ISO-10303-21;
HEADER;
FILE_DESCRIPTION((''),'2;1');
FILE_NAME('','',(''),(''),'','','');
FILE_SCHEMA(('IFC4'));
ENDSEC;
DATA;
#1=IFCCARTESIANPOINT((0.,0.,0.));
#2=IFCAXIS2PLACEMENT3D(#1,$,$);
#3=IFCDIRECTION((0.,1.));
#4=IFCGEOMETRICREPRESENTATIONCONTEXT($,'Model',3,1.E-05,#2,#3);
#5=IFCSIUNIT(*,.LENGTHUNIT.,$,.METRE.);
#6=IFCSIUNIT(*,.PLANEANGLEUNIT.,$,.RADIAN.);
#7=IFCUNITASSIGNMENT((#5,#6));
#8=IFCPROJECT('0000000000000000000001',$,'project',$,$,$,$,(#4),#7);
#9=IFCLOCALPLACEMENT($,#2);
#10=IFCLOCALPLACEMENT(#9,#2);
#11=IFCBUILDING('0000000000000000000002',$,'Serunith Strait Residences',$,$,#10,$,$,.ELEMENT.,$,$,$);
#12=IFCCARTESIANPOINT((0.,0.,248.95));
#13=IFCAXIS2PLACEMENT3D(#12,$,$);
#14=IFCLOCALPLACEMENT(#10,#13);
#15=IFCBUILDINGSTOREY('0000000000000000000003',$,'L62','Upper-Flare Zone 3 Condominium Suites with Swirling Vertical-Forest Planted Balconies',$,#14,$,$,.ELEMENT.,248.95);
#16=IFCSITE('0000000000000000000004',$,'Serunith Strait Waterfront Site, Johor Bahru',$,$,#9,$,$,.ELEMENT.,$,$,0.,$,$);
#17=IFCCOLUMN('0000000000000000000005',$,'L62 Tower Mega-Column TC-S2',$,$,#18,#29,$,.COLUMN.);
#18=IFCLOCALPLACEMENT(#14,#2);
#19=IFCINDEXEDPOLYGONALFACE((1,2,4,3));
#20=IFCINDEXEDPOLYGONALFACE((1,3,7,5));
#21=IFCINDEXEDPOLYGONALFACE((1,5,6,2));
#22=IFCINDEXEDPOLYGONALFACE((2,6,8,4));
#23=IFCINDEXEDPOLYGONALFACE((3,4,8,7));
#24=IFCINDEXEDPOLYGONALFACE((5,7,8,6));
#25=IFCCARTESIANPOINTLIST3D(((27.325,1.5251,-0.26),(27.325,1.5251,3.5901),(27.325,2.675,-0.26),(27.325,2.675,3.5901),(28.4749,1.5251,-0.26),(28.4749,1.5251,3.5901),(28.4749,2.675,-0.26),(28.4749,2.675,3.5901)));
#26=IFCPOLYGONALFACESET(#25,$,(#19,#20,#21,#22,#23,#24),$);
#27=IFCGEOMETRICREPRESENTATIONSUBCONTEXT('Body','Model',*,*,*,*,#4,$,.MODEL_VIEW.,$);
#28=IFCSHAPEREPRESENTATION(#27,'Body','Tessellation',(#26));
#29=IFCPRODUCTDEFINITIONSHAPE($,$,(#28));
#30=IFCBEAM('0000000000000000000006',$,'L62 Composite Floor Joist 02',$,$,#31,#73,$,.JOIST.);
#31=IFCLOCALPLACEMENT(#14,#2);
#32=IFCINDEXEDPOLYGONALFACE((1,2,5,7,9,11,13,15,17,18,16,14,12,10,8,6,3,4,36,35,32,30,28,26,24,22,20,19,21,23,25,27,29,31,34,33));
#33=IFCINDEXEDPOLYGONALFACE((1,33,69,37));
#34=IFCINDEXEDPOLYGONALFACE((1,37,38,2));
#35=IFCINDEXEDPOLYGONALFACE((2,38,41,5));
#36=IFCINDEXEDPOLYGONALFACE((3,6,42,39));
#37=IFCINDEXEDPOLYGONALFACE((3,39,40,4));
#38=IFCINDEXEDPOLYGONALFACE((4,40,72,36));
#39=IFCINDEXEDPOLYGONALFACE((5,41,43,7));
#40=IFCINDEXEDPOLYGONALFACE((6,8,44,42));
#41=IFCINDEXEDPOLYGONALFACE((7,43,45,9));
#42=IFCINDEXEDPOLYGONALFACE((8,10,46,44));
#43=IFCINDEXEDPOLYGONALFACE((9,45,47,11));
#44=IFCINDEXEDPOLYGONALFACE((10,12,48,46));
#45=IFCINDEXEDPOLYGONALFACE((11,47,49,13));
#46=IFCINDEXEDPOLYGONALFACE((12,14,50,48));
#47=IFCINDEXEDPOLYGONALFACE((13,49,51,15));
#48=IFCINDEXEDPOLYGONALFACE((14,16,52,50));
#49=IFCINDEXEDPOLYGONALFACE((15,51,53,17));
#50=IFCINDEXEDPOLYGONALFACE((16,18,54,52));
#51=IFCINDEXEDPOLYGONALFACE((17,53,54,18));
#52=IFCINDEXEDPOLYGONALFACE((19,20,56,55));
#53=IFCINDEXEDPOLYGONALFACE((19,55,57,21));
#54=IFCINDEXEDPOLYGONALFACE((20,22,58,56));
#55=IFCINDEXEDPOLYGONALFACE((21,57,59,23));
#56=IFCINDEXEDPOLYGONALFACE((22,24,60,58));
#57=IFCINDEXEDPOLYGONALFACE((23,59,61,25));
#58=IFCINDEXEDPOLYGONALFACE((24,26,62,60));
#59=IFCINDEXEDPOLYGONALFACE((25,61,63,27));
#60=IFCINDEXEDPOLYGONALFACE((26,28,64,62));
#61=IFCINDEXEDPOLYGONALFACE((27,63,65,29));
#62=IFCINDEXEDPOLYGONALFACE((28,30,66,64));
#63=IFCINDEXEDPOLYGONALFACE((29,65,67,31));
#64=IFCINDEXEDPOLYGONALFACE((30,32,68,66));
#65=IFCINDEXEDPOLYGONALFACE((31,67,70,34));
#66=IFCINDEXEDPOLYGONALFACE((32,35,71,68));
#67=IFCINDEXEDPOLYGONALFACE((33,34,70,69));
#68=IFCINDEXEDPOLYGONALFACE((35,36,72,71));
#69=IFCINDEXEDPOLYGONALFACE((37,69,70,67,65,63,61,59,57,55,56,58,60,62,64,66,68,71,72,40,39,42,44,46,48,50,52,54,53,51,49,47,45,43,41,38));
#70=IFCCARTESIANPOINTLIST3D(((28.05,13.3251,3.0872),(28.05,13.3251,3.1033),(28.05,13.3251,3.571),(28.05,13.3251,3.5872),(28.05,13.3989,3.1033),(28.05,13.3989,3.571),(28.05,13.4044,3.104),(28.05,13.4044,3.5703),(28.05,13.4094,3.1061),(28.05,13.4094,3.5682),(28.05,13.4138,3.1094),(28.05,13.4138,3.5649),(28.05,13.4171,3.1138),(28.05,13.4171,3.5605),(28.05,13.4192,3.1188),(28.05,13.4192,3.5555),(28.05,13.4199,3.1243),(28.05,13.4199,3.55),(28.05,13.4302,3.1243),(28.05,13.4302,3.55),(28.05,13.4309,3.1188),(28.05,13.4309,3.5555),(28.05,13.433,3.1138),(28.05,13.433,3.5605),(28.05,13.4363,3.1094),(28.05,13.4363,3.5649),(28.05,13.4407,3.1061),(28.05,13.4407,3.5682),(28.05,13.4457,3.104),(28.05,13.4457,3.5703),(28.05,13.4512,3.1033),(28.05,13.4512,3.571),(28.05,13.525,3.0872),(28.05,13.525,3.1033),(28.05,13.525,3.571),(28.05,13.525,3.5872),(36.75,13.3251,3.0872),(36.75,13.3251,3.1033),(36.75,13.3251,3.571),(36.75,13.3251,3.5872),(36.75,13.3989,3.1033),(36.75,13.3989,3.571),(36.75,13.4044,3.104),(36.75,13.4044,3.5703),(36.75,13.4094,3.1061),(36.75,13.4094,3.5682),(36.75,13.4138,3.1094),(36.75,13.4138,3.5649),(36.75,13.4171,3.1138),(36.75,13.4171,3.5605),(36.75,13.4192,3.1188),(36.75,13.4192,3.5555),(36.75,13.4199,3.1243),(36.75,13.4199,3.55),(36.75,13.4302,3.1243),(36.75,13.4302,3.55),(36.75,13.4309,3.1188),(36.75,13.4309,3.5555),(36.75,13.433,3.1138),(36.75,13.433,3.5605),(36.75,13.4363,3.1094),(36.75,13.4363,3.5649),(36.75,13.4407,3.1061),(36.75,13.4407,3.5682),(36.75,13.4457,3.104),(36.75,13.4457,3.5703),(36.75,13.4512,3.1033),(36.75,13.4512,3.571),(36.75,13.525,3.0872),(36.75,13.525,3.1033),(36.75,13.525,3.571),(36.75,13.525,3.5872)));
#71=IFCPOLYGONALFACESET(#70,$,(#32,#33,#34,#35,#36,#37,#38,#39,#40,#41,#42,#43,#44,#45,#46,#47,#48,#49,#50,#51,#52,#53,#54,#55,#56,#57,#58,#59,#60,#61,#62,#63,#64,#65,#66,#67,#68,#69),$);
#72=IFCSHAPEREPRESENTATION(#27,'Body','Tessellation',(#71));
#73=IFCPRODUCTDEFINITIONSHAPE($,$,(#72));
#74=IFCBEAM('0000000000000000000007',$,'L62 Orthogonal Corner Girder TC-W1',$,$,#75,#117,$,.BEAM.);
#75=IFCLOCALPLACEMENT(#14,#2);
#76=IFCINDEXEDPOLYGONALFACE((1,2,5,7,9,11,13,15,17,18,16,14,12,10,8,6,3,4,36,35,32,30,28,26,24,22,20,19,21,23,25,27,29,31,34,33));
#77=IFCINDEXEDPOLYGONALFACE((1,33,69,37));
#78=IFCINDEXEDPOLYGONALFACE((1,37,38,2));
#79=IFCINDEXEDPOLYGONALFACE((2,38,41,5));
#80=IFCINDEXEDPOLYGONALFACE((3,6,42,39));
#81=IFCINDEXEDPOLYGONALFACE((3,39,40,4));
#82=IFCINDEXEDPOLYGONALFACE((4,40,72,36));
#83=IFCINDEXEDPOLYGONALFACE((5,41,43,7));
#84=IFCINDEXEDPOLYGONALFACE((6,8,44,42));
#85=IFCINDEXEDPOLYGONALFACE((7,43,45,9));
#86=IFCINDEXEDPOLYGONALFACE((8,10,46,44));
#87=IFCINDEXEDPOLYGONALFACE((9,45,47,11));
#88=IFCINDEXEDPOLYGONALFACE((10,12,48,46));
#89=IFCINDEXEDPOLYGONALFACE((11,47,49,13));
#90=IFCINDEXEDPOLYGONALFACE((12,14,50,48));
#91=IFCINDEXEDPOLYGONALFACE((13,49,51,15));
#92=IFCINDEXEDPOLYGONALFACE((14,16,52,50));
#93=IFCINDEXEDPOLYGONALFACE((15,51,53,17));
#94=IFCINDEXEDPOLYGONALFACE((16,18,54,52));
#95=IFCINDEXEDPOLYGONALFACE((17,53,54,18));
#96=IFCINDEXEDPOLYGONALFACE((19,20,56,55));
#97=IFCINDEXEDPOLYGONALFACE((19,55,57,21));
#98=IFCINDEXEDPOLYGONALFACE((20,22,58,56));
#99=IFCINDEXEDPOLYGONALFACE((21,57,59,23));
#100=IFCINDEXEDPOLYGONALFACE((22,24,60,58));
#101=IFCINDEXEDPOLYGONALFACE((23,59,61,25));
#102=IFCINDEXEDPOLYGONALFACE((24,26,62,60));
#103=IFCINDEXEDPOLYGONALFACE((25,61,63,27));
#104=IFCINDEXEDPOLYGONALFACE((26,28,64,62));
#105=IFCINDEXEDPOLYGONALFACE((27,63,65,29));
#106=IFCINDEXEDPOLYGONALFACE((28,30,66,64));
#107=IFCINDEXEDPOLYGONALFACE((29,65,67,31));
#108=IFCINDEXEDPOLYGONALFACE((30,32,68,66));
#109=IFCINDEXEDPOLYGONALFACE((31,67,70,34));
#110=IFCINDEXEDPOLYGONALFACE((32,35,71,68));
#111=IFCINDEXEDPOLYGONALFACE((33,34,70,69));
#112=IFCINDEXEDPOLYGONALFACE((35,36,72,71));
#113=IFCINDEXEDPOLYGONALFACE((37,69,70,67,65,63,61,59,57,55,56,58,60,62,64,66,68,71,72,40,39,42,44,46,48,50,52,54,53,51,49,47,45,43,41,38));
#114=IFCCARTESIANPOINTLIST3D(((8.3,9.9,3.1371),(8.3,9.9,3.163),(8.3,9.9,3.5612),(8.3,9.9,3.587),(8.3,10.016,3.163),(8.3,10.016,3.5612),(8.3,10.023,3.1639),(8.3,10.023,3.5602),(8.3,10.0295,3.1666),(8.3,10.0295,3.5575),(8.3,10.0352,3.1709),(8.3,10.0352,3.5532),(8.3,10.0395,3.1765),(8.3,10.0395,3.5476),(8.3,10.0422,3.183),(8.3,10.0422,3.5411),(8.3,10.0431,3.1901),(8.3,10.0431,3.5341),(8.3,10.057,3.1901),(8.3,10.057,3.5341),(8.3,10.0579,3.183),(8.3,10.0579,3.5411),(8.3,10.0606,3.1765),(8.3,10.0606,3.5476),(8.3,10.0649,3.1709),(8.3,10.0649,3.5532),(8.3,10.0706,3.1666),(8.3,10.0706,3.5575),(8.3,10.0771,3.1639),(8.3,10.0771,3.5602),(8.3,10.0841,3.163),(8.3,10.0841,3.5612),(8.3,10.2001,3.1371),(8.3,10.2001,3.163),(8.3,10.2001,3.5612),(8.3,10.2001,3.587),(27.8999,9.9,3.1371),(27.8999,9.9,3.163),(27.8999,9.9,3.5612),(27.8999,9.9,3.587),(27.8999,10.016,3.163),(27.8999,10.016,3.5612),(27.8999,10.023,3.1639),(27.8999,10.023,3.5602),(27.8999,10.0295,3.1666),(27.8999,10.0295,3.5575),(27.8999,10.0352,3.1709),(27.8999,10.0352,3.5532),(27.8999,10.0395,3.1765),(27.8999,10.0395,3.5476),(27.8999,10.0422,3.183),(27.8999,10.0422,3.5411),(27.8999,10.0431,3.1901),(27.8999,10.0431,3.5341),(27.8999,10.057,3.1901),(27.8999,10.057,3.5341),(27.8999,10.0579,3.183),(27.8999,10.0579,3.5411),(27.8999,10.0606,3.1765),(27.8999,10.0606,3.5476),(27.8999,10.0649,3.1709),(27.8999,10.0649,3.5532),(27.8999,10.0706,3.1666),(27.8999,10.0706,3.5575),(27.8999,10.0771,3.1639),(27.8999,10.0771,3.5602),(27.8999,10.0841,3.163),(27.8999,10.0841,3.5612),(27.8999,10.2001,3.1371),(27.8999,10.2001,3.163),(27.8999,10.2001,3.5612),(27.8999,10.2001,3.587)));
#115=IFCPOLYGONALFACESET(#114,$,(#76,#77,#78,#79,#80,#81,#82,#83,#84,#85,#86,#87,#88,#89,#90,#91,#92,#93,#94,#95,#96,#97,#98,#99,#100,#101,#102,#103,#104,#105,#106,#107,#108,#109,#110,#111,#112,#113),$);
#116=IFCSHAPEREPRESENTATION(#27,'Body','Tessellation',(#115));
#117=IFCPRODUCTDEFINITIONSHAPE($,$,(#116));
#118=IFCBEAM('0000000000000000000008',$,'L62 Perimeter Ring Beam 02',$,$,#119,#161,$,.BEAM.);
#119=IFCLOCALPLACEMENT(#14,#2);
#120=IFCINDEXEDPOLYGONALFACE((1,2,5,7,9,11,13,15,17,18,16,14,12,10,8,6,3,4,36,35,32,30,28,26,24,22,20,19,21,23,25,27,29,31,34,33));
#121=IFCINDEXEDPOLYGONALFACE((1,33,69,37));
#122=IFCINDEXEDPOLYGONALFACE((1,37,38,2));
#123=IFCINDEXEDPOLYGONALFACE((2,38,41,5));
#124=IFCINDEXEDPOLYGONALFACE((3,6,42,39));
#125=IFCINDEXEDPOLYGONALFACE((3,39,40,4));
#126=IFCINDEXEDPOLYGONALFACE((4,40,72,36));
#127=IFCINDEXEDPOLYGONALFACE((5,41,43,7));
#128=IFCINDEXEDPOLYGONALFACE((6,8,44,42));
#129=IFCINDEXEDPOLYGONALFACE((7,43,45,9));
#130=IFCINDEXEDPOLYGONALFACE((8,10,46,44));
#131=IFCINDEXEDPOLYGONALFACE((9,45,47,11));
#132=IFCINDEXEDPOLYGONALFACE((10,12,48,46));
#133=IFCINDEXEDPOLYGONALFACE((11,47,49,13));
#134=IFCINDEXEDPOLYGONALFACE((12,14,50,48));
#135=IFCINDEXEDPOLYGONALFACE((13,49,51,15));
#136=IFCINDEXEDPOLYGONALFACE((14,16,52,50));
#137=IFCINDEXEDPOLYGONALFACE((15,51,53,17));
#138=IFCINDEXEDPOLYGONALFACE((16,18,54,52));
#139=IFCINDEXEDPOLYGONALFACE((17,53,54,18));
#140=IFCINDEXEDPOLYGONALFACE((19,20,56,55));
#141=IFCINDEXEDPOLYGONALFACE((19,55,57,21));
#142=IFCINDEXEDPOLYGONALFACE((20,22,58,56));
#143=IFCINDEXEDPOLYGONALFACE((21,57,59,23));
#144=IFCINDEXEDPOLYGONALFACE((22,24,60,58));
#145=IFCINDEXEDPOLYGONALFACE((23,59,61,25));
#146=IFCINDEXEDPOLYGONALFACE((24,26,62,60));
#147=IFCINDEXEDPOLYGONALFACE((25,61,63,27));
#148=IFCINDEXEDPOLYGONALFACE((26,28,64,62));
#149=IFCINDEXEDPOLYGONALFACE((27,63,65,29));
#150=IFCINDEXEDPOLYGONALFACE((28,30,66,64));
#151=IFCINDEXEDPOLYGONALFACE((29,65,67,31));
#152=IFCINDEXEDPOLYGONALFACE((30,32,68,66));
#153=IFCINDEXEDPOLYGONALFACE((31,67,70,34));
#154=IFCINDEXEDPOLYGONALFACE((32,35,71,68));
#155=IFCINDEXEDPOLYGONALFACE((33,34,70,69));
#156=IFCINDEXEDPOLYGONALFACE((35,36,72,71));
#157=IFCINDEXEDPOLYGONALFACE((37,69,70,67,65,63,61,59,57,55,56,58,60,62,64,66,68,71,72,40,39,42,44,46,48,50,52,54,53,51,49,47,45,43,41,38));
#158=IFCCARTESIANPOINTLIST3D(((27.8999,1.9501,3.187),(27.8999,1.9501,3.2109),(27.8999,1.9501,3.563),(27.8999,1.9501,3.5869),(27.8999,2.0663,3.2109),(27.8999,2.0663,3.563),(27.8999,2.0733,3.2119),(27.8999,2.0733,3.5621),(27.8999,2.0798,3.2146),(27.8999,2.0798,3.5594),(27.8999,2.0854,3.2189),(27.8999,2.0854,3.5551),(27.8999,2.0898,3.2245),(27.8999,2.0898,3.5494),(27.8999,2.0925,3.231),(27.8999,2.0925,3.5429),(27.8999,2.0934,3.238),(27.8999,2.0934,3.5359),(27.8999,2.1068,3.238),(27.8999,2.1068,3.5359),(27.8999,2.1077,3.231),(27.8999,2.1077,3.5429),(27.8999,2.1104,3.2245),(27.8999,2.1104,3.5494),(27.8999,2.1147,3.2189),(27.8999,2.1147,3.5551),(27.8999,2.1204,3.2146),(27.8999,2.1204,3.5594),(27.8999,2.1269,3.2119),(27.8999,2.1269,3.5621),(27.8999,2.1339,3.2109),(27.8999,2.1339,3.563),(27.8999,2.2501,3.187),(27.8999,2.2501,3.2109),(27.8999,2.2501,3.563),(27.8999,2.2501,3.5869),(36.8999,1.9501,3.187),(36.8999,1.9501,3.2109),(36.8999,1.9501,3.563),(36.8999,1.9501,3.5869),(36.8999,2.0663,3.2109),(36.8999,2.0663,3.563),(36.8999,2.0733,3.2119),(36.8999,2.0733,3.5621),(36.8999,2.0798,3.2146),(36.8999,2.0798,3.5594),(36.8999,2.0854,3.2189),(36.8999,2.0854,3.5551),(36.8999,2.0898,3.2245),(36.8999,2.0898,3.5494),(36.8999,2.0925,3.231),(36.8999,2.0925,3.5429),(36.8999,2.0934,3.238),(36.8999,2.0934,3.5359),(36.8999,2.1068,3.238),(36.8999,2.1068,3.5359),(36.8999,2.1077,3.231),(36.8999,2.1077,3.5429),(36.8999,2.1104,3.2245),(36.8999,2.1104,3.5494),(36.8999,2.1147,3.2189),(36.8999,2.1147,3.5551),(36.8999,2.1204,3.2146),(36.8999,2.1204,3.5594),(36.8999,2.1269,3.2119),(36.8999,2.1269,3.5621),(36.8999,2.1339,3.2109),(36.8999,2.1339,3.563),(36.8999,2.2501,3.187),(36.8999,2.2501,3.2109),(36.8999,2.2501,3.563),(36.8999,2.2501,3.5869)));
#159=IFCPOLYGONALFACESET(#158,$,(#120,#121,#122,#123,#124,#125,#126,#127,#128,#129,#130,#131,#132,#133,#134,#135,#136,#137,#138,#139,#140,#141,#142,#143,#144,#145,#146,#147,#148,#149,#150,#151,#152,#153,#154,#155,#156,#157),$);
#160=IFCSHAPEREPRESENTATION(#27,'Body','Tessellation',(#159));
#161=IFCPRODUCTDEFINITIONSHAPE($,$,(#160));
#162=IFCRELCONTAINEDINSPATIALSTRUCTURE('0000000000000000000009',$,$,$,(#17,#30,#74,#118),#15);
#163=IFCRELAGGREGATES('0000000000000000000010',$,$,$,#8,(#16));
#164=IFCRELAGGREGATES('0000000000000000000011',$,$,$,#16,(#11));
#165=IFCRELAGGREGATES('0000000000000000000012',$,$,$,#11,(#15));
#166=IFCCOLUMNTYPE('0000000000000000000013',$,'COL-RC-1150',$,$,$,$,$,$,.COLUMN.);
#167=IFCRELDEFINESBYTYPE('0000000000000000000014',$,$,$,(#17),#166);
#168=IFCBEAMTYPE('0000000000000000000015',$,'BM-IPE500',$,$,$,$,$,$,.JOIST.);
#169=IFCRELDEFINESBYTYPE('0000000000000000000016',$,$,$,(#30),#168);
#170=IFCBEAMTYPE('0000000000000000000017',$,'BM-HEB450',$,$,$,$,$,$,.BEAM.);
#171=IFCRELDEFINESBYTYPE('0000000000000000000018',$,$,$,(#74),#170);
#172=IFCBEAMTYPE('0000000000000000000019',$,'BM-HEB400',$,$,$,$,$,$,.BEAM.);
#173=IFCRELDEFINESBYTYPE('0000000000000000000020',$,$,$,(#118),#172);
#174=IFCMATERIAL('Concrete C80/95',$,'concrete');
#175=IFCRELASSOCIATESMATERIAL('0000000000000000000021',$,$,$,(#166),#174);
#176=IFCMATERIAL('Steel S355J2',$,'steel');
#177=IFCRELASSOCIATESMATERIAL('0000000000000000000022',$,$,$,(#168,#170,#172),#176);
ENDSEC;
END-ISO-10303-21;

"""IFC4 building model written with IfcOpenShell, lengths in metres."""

from ifc_helpers import new_model, si_unit, direction, frame, origin, origin_2d, place, context, subcontext, project, spatial, rectangle, i_section, extrude, source, transform, mapped, material, material_profile, profile_set, type_object, element, save


model = new_model("IFC4")

# Units and contexts
model_context = context("Model", 3, precision=1e-05, world=origin(), true_north=direction((0.0, 1.0)))
body_context = subcontext(model_context, "Body", "Model", "MODEL_VIEW")
ifc_project = project(units=[si_unit("LENGTHUNIT", "METRE"), si_unit("PLANEANGLEUNIT", "RADIAN")], contexts=[model_context])

# Site, building, storey
site_placement = place(None, origin())
site = spatial("IfcSite", under=ifc_project, at=site_placement, Name="Serunith Strait Waterfront Site, Johor Bahru", CompositionType="ELEMENT", RefElevation=0.0)
building_placement = place(site_placement, origin())
building = spatial("IfcBuilding", under=site, at=building_placement, Name="Serunith Strait Residences", CompositionType="ELEMENT")
storey_placement = place(building_placement, frame((0.0, 0.0, 248.95)))
storey = spatial("IfcBuildingStorey", under=building, at=storey_placement, Name="L62", Description="Upper-Flare Zone 3 Condominium Suites with Swirling Vertical-Forest Planted Balconies", CompositionType="ELEMENT", Elevation=248.95)

# Column
ifc_material_1 = material(Name="Concrete C80/95", Category="concrete")
ifc_material_profile_1 = material_profile(ifc_material_1, rectangle(XDim=1.1499, YDim=1.1499, at=origin_2d()), Name="RC 1150x1150")
ifc_profile_set_1 = profile_set([ifc_material_profile_1], Name="Concrete C80/95")
column_type = type_object("IfcColumnType", Name="COL-RC-1150", PredefinedType="COLUMN", material=ifc_profile_set_1)
shared_shape_1 = source(origin(), body_context, "Body", "SweptSolid", [
    extrude(rectangle(XDim=1.1499, YDim=1.1499, at=origin_2d()), origin(), (0.0, 0.0, 1.0), 3.8501),
])
column_placement = place(storey_placement, frame((27.8999, 2.1001, -0.26), z_axis=(0.0, 0.0, 1.0), x_axis=(1.0, 0.0, 0.0)))
element("IfcColumn", 1, at=column_placement, inside=storey, type_object=column_type, Name="L62 Tower Mega-Column TC-S2", PredefinedType="COLUMN", context=body_context, shape_type="MappedRepresentation", body=[
    mapped(shared_shape_1, transform((0.0, 0.0, 0.0), scale=1.0)),
])

# Beams
ifc_material_2 = material(Name="Steel S355J2", Category="steel")
ifc_material_profile_2 = material_profile(ifc_material_2, i_section(OverallWidth=0.2, OverallDepth=0.5, WebThickness=0.0103, FlangeThickness=0.0161, FilletRadius=0.021, at=origin_2d()), Name="IPE 500")
ifc_profile_set_2 = profile_set([ifc_material_profile_2], Name="Steel S355J2")
beam_type_1 = type_object("IfcBeamType", Name="BM-IPE500", PredefinedType="JOIST", material=ifc_profile_set_2)
shared_shape_2 = source(origin(), body_context, "Body", "SweptSolid", [
    extrude(i_section(OverallWidth=0.2, OverallDepth=0.5, WebThickness=0.0103, FlangeThickness=0.0161, FilletRadius=0.021, at=origin_2d()), origin(), (0.0, 0.0, 1.0), 8.7),
])
beam_1_placement = place(storey_placement, frame((28.05, 13.425, 3.3372), z_axis=(1.0, 0.0, 0.0), x_axis=(0.0, 1.0, 0.0)))
element("IfcBeam", 2, at=beam_1_placement, inside=storey, type_object=beam_type_1, Name="L62 Composite Floor Joist 02", PredefinedType="JOIST", context=body_context, shape_type="MappedRepresentation", body=[
    mapped(shared_shape_2, transform((0.0, 0.0, 0.0), scale=1.0)),
])
ifc_material_profile_3 = material_profile(ifc_material_2, i_section(OverallWidth=0.3, OverallDepth=0.45, WebThickness=0.0139, FlangeThickness=0.0259, FilletRadius=0.0271, at=origin_2d()), Name="HEB 450")
ifc_profile_set_3 = profile_set([ifc_material_profile_3], Name="Steel S355J2")
beam_type_2 = type_object("IfcBeamType", Name="BM-HEB450", PredefinedType="BEAM", material=ifc_profile_set_3)
shared_shape_3 = source(origin(), body_context, "Body", "SweptSolid", [
    extrude(i_section(OverallWidth=0.3, OverallDepth=0.45, WebThickness=0.0139, FlangeThickness=0.0259, FilletRadius=0.0271, at=origin_2d()), origin(), (0.0, 0.0, 1.0), 19.5999),
])
beam_2_placement = place(storey_placement, frame((27.8999, 10.05, 3.3621), z_axis=(-1.0, 0.0, 0.0), x_axis=(0.0, -1.0, 0.0)))
element("IfcBeam", 3, at=beam_2_placement, inside=storey, type_object=beam_type_2, Name="L62 Orthogonal Corner Girder TC-W1", PredefinedType="BEAM", context=body_context, shape_type="MappedRepresentation", body=[
    mapped(shared_shape_3, transform((0.0, 0.0, 0.0), scale=1.0)),
])
ifc_material_profile_4 = material_profile(ifc_material_2, i_section(OverallWidth=0.3, OverallDepth=0.3999, WebThickness=0.0134, FlangeThickness=0.0239, FilletRadius=0.0271, at=origin_2d()), Name="HEB 400")
ifc_profile_set_4 = profile_set([ifc_material_profile_4], Name="Steel S355J2")
beam_type_3 = type_object("IfcBeamType", Name="BM-HEB400", PredefinedType="BEAM", material=ifc_profile_set_4)
shared_shape_4 = source(origin(), body_context, "Body", "SweptSolid", [
    extrude(i_section(OverallWidth=0.3, OverallDepth=0.3999, WebThickness=0.0134, FlangeThickness=0.0239, FilletRadius=0.0271, at=origin_2d()), origin(), (0.0, 0.0, 1.0), 9.0),
])
beam_3_placement = place(storey_placement, frame((27.8999, 2.1001, 3.387), z_axis=(1.0, 0.0, 0.0), x_axis=(0.0, 1.0, 0.0)))
element("IfcBeam", 4, at=beam_3_placement, inside=storey, type_object=beam_type_3, Name="L62 Perimeter Ring Beam 02", PredefinedType="BEAM", context=body_context, shape_type="MappedRepresentation", body=[
    mapped(shared_shape_4, transform((0.0, 0.0, 0.0), scale=1.0)),
])

save(model, "model.ifc")
